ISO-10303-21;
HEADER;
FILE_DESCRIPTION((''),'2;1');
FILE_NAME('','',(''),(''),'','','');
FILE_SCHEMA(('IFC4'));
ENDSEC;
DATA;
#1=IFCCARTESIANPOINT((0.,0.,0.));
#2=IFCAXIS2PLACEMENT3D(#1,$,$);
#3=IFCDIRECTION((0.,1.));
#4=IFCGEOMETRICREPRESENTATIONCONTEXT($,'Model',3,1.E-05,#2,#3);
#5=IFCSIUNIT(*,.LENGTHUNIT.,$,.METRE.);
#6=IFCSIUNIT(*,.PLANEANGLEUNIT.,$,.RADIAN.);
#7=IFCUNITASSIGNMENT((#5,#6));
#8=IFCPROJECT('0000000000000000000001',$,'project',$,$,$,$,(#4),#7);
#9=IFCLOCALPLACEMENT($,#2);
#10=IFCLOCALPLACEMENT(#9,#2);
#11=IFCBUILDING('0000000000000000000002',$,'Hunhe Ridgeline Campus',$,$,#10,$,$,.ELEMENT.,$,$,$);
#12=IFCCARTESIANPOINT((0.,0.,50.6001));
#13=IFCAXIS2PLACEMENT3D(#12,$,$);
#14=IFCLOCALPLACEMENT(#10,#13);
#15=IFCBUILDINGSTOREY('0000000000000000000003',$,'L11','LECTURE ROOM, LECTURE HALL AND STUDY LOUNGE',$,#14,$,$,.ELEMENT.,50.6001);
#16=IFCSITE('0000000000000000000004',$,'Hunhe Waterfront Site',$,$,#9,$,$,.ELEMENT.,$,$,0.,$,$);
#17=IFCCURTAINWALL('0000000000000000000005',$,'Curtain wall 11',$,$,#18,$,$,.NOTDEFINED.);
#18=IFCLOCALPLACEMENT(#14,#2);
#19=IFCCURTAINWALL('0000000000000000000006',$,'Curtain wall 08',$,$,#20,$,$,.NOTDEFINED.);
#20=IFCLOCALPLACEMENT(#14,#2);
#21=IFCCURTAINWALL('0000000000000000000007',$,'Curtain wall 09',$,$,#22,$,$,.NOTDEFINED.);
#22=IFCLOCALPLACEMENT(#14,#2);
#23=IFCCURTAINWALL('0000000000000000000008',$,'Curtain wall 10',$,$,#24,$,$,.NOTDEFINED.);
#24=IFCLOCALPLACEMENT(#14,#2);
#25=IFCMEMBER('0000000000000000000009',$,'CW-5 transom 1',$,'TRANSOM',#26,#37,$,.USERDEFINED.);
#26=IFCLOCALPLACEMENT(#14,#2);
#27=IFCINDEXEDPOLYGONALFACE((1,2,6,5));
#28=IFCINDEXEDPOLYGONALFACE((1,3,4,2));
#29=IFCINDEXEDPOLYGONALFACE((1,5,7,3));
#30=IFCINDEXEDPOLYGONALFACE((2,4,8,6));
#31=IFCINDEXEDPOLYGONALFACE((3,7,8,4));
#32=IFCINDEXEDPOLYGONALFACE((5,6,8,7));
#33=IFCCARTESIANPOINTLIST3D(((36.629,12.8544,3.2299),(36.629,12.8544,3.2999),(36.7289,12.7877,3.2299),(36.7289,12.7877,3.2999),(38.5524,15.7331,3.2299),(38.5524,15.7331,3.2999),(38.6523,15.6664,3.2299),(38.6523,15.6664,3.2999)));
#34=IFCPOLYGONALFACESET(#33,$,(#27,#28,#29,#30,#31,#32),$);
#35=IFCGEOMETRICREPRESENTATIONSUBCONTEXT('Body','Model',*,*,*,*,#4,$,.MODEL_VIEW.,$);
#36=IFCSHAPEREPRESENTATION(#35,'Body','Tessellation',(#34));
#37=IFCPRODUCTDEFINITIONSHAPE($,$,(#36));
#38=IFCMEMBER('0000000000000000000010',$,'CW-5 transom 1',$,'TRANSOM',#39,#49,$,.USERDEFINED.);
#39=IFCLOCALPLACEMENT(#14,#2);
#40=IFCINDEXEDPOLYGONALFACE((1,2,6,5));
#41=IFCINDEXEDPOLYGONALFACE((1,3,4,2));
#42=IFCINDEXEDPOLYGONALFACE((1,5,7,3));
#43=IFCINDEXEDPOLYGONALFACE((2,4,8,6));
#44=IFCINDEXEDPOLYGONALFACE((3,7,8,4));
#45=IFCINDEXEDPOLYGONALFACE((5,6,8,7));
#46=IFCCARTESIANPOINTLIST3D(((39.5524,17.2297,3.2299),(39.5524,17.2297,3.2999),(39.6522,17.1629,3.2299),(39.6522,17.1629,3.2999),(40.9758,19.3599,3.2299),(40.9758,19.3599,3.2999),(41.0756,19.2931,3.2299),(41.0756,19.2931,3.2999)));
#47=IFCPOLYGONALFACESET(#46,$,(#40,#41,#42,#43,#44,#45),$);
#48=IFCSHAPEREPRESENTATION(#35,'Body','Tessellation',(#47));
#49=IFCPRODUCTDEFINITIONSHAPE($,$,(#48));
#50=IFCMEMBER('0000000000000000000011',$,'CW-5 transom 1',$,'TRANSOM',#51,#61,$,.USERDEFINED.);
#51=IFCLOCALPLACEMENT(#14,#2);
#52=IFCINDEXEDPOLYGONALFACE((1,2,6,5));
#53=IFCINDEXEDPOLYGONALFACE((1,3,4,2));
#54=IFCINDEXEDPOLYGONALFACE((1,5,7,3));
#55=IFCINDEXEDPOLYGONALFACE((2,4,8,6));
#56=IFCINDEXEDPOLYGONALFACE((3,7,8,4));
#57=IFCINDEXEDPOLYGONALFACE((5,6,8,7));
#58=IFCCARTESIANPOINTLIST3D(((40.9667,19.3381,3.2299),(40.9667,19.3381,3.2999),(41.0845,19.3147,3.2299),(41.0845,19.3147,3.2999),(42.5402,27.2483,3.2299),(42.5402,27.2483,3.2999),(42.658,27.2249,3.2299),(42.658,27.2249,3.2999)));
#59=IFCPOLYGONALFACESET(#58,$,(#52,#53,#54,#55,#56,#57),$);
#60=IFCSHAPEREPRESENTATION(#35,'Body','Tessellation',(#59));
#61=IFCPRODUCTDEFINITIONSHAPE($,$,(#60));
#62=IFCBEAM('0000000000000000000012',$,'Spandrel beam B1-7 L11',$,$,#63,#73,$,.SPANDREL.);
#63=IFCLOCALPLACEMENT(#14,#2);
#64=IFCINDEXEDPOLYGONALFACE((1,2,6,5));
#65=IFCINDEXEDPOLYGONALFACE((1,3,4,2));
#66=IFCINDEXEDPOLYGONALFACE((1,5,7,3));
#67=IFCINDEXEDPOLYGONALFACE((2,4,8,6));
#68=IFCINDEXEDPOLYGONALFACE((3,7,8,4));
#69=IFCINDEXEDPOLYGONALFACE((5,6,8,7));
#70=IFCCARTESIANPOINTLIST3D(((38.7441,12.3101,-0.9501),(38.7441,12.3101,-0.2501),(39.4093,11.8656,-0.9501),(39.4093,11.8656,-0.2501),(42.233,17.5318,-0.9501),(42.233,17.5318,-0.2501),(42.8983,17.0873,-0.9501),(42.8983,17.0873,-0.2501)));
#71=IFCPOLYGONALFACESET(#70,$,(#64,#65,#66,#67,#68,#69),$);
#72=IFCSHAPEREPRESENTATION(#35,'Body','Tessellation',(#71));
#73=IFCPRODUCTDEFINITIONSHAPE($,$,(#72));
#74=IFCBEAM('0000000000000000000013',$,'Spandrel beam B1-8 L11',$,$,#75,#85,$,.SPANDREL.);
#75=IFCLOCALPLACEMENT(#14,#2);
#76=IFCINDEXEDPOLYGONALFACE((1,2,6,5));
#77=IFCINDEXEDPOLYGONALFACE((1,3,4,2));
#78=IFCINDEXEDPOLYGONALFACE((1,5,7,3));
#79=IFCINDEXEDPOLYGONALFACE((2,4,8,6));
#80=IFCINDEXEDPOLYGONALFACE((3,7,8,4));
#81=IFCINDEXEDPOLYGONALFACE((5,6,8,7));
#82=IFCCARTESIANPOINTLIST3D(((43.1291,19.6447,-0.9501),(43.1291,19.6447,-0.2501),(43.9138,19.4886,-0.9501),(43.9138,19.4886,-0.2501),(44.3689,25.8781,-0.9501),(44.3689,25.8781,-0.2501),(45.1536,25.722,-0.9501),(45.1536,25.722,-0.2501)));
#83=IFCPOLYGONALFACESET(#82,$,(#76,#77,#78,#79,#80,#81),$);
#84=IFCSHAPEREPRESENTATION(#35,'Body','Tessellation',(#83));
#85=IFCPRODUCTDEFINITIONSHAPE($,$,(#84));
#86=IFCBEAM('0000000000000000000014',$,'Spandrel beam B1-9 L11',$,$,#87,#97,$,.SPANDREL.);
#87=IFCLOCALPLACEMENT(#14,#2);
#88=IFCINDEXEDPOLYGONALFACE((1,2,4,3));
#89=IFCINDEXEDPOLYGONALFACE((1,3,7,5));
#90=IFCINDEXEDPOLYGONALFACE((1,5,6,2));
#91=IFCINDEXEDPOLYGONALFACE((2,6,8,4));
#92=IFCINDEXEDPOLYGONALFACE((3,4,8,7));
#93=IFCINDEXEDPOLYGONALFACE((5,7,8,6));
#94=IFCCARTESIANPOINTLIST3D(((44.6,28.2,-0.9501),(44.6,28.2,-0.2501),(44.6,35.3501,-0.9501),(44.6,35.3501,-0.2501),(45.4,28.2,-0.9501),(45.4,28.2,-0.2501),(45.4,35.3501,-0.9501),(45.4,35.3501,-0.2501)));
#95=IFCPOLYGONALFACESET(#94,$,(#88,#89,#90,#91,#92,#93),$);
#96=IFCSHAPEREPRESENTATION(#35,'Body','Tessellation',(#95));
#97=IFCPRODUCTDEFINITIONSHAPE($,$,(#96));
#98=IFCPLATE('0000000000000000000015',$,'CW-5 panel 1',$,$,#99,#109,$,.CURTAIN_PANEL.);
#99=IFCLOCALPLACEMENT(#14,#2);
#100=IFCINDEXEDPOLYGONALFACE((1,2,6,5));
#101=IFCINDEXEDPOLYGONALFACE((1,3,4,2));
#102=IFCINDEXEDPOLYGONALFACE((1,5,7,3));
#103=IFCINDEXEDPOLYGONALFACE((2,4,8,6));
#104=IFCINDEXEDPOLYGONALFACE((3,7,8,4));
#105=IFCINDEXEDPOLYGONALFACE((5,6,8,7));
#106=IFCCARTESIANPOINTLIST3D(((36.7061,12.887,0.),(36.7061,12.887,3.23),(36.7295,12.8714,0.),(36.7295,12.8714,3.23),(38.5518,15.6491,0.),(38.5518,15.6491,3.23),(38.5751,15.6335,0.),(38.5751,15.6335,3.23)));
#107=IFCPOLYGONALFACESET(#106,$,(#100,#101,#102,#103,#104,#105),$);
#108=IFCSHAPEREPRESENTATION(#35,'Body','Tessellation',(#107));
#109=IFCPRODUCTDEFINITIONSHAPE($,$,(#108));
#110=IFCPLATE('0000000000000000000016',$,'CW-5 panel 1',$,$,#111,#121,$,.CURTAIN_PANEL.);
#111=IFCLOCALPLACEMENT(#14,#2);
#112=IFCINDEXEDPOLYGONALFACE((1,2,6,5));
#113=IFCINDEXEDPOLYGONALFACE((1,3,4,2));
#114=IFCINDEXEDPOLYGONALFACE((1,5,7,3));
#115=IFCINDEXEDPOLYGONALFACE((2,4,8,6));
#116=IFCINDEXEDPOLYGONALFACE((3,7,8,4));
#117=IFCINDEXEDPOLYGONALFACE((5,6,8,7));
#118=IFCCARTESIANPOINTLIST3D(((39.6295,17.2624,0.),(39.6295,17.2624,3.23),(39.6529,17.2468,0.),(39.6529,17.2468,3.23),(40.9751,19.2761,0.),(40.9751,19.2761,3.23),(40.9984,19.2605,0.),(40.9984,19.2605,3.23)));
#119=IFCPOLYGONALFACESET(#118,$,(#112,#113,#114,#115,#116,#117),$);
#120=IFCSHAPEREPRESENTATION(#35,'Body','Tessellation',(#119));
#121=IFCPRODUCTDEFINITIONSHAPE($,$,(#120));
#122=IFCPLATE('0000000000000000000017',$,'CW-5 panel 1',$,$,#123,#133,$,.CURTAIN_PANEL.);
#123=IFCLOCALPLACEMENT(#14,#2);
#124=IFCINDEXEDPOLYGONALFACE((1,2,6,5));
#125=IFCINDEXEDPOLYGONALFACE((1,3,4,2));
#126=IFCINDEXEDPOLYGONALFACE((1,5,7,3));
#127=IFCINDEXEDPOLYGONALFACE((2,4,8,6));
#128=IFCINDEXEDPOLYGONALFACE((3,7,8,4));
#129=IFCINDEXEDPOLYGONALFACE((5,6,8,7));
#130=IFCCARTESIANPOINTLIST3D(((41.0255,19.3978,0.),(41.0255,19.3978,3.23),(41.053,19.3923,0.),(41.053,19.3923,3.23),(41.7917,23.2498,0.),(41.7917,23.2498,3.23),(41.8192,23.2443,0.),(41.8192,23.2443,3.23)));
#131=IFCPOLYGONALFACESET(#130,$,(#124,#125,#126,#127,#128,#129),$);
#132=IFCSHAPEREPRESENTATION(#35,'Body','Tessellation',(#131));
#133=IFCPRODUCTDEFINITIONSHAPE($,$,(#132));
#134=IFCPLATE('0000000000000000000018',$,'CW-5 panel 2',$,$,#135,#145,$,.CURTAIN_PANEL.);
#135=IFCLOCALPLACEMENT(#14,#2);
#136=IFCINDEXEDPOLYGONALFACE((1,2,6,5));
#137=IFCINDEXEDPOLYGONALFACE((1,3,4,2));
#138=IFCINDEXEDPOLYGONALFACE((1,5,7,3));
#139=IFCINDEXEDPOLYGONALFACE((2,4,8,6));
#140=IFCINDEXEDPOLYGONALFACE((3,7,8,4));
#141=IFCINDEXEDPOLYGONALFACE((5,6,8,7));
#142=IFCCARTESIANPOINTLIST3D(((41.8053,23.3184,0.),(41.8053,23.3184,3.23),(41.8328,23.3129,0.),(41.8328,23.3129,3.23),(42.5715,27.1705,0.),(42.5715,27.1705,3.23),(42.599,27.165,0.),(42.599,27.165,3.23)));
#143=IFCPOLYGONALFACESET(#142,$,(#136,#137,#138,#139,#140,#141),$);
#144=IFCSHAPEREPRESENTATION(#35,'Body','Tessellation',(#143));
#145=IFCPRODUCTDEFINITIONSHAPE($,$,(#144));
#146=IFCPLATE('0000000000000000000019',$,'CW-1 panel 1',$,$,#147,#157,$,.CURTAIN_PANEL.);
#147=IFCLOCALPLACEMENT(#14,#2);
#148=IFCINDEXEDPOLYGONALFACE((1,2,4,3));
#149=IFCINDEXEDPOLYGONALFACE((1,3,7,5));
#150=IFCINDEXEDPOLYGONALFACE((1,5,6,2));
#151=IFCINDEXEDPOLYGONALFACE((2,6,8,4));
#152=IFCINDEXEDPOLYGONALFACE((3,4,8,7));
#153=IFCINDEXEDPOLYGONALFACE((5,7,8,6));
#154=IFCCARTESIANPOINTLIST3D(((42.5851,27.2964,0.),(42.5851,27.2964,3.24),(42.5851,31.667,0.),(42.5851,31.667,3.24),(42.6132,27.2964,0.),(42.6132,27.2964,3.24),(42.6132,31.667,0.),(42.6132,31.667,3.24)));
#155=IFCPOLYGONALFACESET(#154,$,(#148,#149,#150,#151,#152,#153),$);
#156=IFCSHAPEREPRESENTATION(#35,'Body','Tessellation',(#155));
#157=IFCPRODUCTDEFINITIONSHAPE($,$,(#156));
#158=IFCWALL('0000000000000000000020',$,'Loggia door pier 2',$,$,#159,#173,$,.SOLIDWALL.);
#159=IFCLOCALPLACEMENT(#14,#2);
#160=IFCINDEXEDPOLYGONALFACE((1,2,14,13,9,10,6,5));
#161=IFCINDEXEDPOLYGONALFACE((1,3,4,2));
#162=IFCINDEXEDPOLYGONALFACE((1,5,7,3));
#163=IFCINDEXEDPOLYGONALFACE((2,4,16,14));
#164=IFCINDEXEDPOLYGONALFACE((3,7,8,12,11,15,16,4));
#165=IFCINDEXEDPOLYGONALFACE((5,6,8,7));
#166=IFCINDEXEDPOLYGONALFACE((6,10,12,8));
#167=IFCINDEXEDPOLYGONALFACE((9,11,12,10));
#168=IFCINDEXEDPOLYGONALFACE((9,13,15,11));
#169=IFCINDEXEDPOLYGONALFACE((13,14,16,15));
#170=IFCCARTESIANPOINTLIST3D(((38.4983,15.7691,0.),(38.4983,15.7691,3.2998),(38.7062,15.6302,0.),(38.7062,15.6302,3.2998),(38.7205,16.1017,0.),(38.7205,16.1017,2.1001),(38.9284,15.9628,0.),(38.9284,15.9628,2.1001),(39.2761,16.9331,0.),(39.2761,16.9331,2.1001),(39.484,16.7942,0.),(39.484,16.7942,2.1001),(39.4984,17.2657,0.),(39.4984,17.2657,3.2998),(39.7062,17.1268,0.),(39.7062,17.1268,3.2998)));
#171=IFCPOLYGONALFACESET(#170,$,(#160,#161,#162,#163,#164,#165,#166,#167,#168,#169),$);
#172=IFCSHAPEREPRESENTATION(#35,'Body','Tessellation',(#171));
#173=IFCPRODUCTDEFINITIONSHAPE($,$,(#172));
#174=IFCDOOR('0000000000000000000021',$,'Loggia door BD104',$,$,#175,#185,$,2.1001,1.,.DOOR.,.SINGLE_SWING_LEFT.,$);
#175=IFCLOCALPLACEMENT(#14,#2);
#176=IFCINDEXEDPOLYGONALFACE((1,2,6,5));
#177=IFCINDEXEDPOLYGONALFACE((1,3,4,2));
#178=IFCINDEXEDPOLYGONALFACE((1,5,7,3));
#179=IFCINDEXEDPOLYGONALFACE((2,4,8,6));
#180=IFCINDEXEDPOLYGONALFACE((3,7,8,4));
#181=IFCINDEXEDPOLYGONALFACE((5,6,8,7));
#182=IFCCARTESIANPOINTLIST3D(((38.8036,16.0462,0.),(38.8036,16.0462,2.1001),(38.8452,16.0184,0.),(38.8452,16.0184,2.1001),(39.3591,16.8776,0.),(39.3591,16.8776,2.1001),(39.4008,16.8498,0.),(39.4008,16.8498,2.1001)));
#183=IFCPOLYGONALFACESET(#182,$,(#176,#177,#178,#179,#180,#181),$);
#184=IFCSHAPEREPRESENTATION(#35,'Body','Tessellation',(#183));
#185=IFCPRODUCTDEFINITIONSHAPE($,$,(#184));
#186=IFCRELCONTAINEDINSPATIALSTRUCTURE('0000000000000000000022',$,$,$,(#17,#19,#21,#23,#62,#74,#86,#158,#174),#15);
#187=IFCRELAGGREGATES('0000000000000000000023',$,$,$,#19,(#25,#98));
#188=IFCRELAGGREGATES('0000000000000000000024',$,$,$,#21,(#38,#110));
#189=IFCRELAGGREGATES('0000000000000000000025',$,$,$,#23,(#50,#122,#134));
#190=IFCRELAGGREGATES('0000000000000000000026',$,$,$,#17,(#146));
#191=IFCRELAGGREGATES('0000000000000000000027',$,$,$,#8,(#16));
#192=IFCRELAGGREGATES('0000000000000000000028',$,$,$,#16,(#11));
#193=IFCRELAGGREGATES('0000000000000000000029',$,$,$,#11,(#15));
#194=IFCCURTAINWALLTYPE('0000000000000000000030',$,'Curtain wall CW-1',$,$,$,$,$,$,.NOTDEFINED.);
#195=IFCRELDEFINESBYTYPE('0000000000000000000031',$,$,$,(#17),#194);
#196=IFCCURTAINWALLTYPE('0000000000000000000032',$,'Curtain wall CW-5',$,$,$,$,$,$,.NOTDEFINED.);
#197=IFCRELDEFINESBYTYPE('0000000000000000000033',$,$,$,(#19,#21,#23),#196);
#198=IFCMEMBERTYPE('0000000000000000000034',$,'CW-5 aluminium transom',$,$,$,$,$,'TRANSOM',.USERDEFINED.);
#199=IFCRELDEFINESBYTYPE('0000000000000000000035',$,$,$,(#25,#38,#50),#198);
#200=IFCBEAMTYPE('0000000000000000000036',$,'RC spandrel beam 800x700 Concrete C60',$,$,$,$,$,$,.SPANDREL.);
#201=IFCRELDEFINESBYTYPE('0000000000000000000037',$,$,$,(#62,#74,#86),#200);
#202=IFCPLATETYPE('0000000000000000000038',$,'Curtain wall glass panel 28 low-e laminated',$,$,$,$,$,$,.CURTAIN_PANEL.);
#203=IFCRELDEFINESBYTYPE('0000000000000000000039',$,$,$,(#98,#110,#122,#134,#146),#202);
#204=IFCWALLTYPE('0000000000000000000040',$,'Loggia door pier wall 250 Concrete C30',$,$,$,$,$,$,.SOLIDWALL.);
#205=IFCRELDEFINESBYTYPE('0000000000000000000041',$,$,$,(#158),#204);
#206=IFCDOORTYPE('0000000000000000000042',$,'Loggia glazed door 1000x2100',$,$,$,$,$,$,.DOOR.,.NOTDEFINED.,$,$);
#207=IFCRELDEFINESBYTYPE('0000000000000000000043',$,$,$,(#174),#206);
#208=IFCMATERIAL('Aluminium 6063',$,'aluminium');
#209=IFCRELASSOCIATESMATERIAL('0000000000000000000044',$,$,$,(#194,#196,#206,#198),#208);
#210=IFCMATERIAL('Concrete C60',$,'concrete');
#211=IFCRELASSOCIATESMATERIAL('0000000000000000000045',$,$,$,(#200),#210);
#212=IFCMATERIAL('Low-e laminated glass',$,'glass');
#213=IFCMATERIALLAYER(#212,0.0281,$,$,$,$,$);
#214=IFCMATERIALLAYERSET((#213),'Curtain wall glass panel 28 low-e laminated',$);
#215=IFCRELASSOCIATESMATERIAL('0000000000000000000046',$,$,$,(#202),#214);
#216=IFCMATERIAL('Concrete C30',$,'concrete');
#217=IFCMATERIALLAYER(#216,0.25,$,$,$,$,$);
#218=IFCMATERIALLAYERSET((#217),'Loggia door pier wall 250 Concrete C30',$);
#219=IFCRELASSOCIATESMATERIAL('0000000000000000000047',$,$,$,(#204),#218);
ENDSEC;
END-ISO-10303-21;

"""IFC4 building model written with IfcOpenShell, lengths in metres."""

from ifc_helpers import new_model, si_unit, direction, frame, frame_2d, origin, origin_2d, place, context, subcontext, project, spatial, rectangle, extrude, material, layer, layer_set, material_profile, profile_set, type_object, element, fill, aggregate, save


model = new_model("IFC4")

# Units and contexts
model_context = context("Model", 3, precision=1e-05, world=origin(), true_north=direction((0.0, 1.0)))
body_context = subcontext(model_context, "Body", "Model", "MODEL_VIEW")
ifc_project = project(units=[si_unit("LENGTHUNIT", "METRE"), si_unit("PLANEANGLEUNIT", "RADIAN")], contexts=[model_context])

# Site, building, storey
site_placement = place(None, origin())
site = spatial("IfcSite", under=ifc_project, at=site_placement, Name="Hunhe Waterfront Site", CompositionType="ELEMENT", RefElevation=0.0)
building_placement = place(site_placement, origin())
building = spatial("IfcBuilding", under=site, at=building_placement, Name="Hunhe Ridgeline Campus", CompositionType="ELEMENT")
storey_placement = place(building_placement, frame((0.0, 0.0, 50.6001)))
storey = spatial("IfcBuildingStorey", under=building, at=storey_placement, Name="L11", Description="LECTURE ROOM, LECTURE HALL AND STUDY LOUNGE", CompositionType="ELEMENT", Elevation=50.6001)

# Curtain wall
ifc_material_1 = material(Name="Aluminium 6063", Category="aluminium")
curtain_wall_type_1 = type_object("IfcCurtainWallType", Name="Curtain wall CW-1", PredefinedType="NOTDEFINED", material=ifc_material_1)
curtain_wall_1_placement = place(storey_placement, origin())
curtain_wall_1 = element("IfcCurtainWall", 1, at=curtain_wall_1_placement, inside=storey, type_object=curtain_wall_type_1, Name="Curtain wall 11", PredefinedType="NOTDEFINED")

# Shared definitions
curtain_wall_type_2 = type_object("IfcCurtainWallType", Name="Curtain wall CW-5", PredefinedType="NOTDEFINED", material=ifc_material_1)

# Curtain walls
curtain_wall_2_placement = place(storey_placement, origin())
curtain_wall_2 = element("IfcCurtainWall", 2, at=curtain_wall_2_placement, inside=storey, type_object=curtain_wall_type_2, Name="Curtain wall 08", PredefinedType="NOTDEFINED")
curtain_wall_3_placement = place(storey_placement, origin())
curtain_wall_3 = element("IfcCurtainWall", 3, at=curtain_wall_3_placement, inside=storey, type_object=curtain_wall_type_2, Name="Curtain wall 09", PredefinedType="NOTDEFINED")
curtain_wall_4_placement = place(storey_placement, origin())
curtain_wall_4 = element("IfcCurtainWall", 4, at=curtain_wall_4_placement, inside=storey, type_object=curtain_wall_type_2, Name="Curtain wall 10", PredefinedType="NOTDEFINED")

# Members
ifc_material_profile_1 = material_profile(ifc_material_1, rectangle(XDim=0.1201, YDim=0.0701, at=origin_2d()))
ifc_profile_set_1 = profile_set([ifc_material_profile_1], Name="Aluminium 6063")
member_type_1 = type_object("IfcMemberType", Name="CW-5 aluminium transom", ElementType="TRANSOM", PredefinedType="USERDEFINED", material=ifc_profile_set_1)
member_1_placement = place(storey_placement, frame((36.679, 12.821, 3.2649), z_axis=(0.555546, 0.831486, 0.0), x_axis=(-0.831486, 0.555546, 0.0)))
member_1 = element("IfcMember", 5, at=member_1_placement, type_object=member_type_1, Name="CW-5 transom 1", ObjectType="TRANSOM", PredefinedType="USERDEFINED", context=body_context, shape_type="SweptSolid", body=[
    extrude(rectangle(XDim=0.1201, YDim=0.0701, at=origin_2d()), origin(), (0.0, 0.0, 1.0), 3.4622),
])
member_2_placement = place(storey_placement, frame((39.6023, 17.1963, 3.2649), z_axis=(0.55558, 0.831463, 0.0), x_axis=(-0.831463, 0.55558, 0.0)))
member_2 = element("IfcMember", 6, at=member_2_placement, type_object=member_type_1, Name="CW-5 transom 1", ObjectType="TRANSOM", PredefinedType="USERDEFINED", context=body_context, shape_type="SweptSolid", body=[
    extrude(rectangle(XDim=0.1201, YDim=0.0701, at=origin_2d()), origin(), (0.0, 0.0, 1.0), 2.562),
])
member_3_placement = place(storey_placement, frame((41.0256, 19.3264, 3.2649), z_axis=(0.195097, 0.980784, 0.0), x_axis=(-0.980784, 0.195097, 0.0)))
member_3 = element("IfcMember", 7, at=member_3_placement, type_object=member_type_1, Name="CW-5 transom 1", ObjectType="TRANSOM", PredefinedType="USERDEFINED", context=body_context, shape_type="SweptSolid", body=[
    extrude(rectangle(XDim=0.1201, YDim=0.0701, at=origin_2d()), origin(), (0.0, 0.0, 1.0), 8.0652),
])

# Beams
ifc_material_2 = material(Name="Concrete C60", Category="concrete")
ifc_material_profile_2 = material_profile(ifc_material_2, rectangle(XDim=0.8, YDim=0.7, at=origin_2d()))
ifc_profile_set_2 = profile_set([ifc_material_profile_2], Name="Concrete C60")
beam_type = type_object("IfcBeamType", Name="RC spandrel beam 800x700 Concrete C60", PredefinedType="SPANDREL", material=ifc_profile_set_2)
beam_1_placement = place(storey_placement, frame((39.0767, 12.0879, -0.6001), z_axis=(0.55557, 0.83147, 0.0), x_axis=(-0.83147, 0.55557, 0.0)))
element("IfcBeam", 8, at=beam_1_placement, inside=storey, type_object=beam_type, Name="Spandrel beam B1-7 L11", PredefinedType="SPANDREL", context=body_context, shape_type="SweptSolid", body=[
    extrude(rectangle(XDim=0.8, YDim=0.7, at=origin_2d()), origin(), (0.0, 0.0, 1.0), 6.28),
])
beam_2_placement = place(storey_placement, frame((43.5215, 19.5667, -0.6001), z_axis=(0.195067, 0.98079, 0.0), x_axis=(-0.98079, 0.195067, 0.0)))
element("IfcBeam", 9, at=beam_2_placement, inside=storey, type_object=beam_type, Name="Spandrel beam B1-8 L11", PredefinedType="SPANDREL", context=body_context, shape_type="SweptSolid", body=[
    extrude(rectangle(XDim=0.8, YDim=0.7, at=origin_2d()), origin(), (0.0, 0.0, 1.0), 6.3555),
])
beam_3_placement = place(storey_placement, frame((45.0, 28.2, -0.6001), z_axis=(0.0, 1.0, 0.0), x_axis=(-1.0, 0.0, 0.0)))
element("IfcBeam", 10, at=beam_3_placement, inside=storey, type_object=beam_type, Name="Spandrel beam B1-9 L11", PredefinedType="SPANDREL", context=body_context, shape_type="SweptSolid", body=[
    extrude(rectangle(XDim=0.8, YDim=0.7, at=origin_2d()), origin(), (0.0, 0.0, 1.0), 7.1501),
])

# Plates
ifc_material_3 = material(Name="Low-e laminated glass", Category="glass")
ifc_layer_1 = layer(ifc_material_3, 0.0281)
ifc_layer_set_1 = layer_set([ifc_layer_1], Name="Curtain wall glass panel 28 low-e laminated")
plate_type = type_object("IfcPlateType", Name="Curtain wall glass panel 28 low-e laminated", PredefinedType="CURTAIN_PANEL", material=ifc_layer_set_1)
plate_1_placement = place(storey_placement, frame((37.6406, 14.2603, 0.0), z_axis=(0.0, 0.0, 1.0), x_axis=(0.55557, 0.83147, 0.0)))
plate_1 = element("IfcPlate", 11, at=plate_1_placement, type_object=plate_type, Name="CW-5 panel 1", PredefinedType="CURTAIN_PANEL", context=body_context, shape_type="SweptSolid", body=[
    extrude(rectangle(XDim=3.322, YDim=0.0281, at=origin_2d()), origin(), (0.0, 0.0, 1.0), 3.23),
])
aggregate(curtain_wall_2, [member_1, plate_1])
plate_2_placement = place(storey_placement, frame((40.314, 18.2615, 0.0), z_axis=(0.0, 0.0, 1.0), x_axis=(0.55557, 0.83147, 0.0)))
plate_2 = element("IfcPlate", 12, at=plate_2_placement, type_object=plate_type, Name="CW-5 panel 1", PredefinedType="CURTAIN_PANEL", context=body_context, shape_type="SweptSolid", body=[
    extrude(rectangle(XDim=2.4219, YDim=0.0281, at=origin_2d()), origin(), (0.0, 0.0, 1.0), 3.23),
])
aggregate(curtain_wall_3, [member_2, plate_2])
plate_3_placement = place(storey_placement, frame((41.4224, 21.321, 0.0), z_axis=(0.0, 0.0, 1.0), x_axis=(0.19509, 0.980785, 0.0)))
plate_3 = element("IfcPlate", 13, at=plate_3_placement, type_object=plate_type, Name="CW-5 panel 1", PredefinedType="CURTAIN_PANEL", context=body_context, shape_type="SweptSolid", body=[
    extrude(rectangle(XDim=3.9275, YDim=0.0281, at=origin_2d()), origin(), (0.0, 0.0, 1.0), 3.23),
])
plate_4_placement = place(storey_placement, frame((42.2021, 25.2417, 0.0), z_axis=(0.0, 0.0, 1.0), x_axis=(0.19509, 0.980785, 0.0)))
plate_4 = element("IfcPlate", 14, at=plate_4_placement, type_object=plate_type, Name="CW-5 panel 2", PredefinedType="CURTAIN_PANEL", context=body_context, shape_type="SweptSolid", body=[
    extrude(rectangle(XDim=3.9275, YDim=0.0281, at=origin_2d()), origin(), (0.0, 0.0, 1.0), 3.23),
])
aggregate(curtain_wall_4, [member_3, plate_3, plate_4])
plate_5_placement = place(storey_placement, frame((42.5991, 29.4817, 0.0), z_axis=(0.0, 0.0, 1.0), x_axis=(0.0, 1.0, 0.0)))
plate_5 = element("IfcPlate", 15, at=plate_5_placement, type_object=plate_type, Name="CW-1 panel 1", PredefinedType="CURTAIN_PANEL", context=body_context, shape_type="SweptSolid", body=[
    extrude(rectangle(XDim=4.3706, YDim=0.0281, at=origin_2d()), origin(), (0.0, 0.0, 1.0), 3.24),
])
aggregate(curtain_wall_1, [plate_5])

# Wall, opening, door
ifc_material_4 = material(Name="Concrete C30", Category="concrete")
ifc_layer_2 = layer(ifc_material_4, 0.25)
ifc_layer_set_2 = layer_set([ifc_layer_2], Name="Loggia door pier wall 250 Concrete C30")
wall_type_1 = type_object("IfcWallType", Name="Loggia door pier wall 250 Concrete C30", PredefinedType="SOLIDWALL", material=ifc_layer_set_2)
wall_1_placement = place(storey_placement, frame((38.6023, 15.6997, 0.0), z_axis=(0.0, 0.0, 1.0), x_axis=(0.555576, 0.831466, 0.0)))
wall_1 = element("IfcWall", 16, at=wall_1_placement, inside=storey, type_object=wall_type_1, Name="Loggia door pier 2", PredefinedType="SOLIDWALL", context=body_context, shape_type="SweptSolid", body=[
    extrude(rectangle(XDim=1.8, YDim=0.25, at=frame_2d((0.8999, 0.0))), origin(), (0.0, 0.0, 1.0), 3.2998),
])
opening_placement = place(wall_1_placement, frame((0.3999, 0.0, 0.0)))
opening = element("IfcOpeningElement", 17, at=opening_placement, cuts=wall_1, PredefinedType="OPENING", context=body_context, shape_type="SweptSolid", body=[
    extrude(rectangle(XDim=1.0, YDim=2.1001, at=frame_2d((0.5, 1.05))), frame((0.0, 0.125, 0.0), z_axis=(0.0, -1.0, 0.0), x_axis=(1.0, 0.0, 0.0)), (0.0, 0.0, 1.0), 0.25),
])
door_type = type_object("IfcDoorType", Name="Loggia glazed door 1000x2100", OperationType="NOTDEFINED", PredefinedType="DOOR", material=ifc_material_1)
door_placement = place(opening_placement, frame((1.0, 0.0, 0.0), z_axis=(0.0, 0.0, 1.0), x_axis=(-1.0, 0.0, 0.0)))
door = element("IfcDoor", 18, at=door_placement, inside=storey, type_object=door_type, Name="Loggia door BD104", OperationType="SINGLE_SWING_LEFT", OverallHeight=2.1001, OverallWidth=1.0, PredefinedType="DOOR", context=body_context, shape_type="SweptSolid", body=[
    extrude(rectangle(XDim=1.0, YDim=2.1001, at=frame_2d((0.5, 1.05))), frame((0.0, 0.0249, 0.0), z_axis=(0.0, -1.0, 0.0), x_axis=(1.0, 0.0, 0.0)), (0.0, 0.0, 1.0), 0.05),
])
fill(opening, door)

save(model, "model.ifc")
